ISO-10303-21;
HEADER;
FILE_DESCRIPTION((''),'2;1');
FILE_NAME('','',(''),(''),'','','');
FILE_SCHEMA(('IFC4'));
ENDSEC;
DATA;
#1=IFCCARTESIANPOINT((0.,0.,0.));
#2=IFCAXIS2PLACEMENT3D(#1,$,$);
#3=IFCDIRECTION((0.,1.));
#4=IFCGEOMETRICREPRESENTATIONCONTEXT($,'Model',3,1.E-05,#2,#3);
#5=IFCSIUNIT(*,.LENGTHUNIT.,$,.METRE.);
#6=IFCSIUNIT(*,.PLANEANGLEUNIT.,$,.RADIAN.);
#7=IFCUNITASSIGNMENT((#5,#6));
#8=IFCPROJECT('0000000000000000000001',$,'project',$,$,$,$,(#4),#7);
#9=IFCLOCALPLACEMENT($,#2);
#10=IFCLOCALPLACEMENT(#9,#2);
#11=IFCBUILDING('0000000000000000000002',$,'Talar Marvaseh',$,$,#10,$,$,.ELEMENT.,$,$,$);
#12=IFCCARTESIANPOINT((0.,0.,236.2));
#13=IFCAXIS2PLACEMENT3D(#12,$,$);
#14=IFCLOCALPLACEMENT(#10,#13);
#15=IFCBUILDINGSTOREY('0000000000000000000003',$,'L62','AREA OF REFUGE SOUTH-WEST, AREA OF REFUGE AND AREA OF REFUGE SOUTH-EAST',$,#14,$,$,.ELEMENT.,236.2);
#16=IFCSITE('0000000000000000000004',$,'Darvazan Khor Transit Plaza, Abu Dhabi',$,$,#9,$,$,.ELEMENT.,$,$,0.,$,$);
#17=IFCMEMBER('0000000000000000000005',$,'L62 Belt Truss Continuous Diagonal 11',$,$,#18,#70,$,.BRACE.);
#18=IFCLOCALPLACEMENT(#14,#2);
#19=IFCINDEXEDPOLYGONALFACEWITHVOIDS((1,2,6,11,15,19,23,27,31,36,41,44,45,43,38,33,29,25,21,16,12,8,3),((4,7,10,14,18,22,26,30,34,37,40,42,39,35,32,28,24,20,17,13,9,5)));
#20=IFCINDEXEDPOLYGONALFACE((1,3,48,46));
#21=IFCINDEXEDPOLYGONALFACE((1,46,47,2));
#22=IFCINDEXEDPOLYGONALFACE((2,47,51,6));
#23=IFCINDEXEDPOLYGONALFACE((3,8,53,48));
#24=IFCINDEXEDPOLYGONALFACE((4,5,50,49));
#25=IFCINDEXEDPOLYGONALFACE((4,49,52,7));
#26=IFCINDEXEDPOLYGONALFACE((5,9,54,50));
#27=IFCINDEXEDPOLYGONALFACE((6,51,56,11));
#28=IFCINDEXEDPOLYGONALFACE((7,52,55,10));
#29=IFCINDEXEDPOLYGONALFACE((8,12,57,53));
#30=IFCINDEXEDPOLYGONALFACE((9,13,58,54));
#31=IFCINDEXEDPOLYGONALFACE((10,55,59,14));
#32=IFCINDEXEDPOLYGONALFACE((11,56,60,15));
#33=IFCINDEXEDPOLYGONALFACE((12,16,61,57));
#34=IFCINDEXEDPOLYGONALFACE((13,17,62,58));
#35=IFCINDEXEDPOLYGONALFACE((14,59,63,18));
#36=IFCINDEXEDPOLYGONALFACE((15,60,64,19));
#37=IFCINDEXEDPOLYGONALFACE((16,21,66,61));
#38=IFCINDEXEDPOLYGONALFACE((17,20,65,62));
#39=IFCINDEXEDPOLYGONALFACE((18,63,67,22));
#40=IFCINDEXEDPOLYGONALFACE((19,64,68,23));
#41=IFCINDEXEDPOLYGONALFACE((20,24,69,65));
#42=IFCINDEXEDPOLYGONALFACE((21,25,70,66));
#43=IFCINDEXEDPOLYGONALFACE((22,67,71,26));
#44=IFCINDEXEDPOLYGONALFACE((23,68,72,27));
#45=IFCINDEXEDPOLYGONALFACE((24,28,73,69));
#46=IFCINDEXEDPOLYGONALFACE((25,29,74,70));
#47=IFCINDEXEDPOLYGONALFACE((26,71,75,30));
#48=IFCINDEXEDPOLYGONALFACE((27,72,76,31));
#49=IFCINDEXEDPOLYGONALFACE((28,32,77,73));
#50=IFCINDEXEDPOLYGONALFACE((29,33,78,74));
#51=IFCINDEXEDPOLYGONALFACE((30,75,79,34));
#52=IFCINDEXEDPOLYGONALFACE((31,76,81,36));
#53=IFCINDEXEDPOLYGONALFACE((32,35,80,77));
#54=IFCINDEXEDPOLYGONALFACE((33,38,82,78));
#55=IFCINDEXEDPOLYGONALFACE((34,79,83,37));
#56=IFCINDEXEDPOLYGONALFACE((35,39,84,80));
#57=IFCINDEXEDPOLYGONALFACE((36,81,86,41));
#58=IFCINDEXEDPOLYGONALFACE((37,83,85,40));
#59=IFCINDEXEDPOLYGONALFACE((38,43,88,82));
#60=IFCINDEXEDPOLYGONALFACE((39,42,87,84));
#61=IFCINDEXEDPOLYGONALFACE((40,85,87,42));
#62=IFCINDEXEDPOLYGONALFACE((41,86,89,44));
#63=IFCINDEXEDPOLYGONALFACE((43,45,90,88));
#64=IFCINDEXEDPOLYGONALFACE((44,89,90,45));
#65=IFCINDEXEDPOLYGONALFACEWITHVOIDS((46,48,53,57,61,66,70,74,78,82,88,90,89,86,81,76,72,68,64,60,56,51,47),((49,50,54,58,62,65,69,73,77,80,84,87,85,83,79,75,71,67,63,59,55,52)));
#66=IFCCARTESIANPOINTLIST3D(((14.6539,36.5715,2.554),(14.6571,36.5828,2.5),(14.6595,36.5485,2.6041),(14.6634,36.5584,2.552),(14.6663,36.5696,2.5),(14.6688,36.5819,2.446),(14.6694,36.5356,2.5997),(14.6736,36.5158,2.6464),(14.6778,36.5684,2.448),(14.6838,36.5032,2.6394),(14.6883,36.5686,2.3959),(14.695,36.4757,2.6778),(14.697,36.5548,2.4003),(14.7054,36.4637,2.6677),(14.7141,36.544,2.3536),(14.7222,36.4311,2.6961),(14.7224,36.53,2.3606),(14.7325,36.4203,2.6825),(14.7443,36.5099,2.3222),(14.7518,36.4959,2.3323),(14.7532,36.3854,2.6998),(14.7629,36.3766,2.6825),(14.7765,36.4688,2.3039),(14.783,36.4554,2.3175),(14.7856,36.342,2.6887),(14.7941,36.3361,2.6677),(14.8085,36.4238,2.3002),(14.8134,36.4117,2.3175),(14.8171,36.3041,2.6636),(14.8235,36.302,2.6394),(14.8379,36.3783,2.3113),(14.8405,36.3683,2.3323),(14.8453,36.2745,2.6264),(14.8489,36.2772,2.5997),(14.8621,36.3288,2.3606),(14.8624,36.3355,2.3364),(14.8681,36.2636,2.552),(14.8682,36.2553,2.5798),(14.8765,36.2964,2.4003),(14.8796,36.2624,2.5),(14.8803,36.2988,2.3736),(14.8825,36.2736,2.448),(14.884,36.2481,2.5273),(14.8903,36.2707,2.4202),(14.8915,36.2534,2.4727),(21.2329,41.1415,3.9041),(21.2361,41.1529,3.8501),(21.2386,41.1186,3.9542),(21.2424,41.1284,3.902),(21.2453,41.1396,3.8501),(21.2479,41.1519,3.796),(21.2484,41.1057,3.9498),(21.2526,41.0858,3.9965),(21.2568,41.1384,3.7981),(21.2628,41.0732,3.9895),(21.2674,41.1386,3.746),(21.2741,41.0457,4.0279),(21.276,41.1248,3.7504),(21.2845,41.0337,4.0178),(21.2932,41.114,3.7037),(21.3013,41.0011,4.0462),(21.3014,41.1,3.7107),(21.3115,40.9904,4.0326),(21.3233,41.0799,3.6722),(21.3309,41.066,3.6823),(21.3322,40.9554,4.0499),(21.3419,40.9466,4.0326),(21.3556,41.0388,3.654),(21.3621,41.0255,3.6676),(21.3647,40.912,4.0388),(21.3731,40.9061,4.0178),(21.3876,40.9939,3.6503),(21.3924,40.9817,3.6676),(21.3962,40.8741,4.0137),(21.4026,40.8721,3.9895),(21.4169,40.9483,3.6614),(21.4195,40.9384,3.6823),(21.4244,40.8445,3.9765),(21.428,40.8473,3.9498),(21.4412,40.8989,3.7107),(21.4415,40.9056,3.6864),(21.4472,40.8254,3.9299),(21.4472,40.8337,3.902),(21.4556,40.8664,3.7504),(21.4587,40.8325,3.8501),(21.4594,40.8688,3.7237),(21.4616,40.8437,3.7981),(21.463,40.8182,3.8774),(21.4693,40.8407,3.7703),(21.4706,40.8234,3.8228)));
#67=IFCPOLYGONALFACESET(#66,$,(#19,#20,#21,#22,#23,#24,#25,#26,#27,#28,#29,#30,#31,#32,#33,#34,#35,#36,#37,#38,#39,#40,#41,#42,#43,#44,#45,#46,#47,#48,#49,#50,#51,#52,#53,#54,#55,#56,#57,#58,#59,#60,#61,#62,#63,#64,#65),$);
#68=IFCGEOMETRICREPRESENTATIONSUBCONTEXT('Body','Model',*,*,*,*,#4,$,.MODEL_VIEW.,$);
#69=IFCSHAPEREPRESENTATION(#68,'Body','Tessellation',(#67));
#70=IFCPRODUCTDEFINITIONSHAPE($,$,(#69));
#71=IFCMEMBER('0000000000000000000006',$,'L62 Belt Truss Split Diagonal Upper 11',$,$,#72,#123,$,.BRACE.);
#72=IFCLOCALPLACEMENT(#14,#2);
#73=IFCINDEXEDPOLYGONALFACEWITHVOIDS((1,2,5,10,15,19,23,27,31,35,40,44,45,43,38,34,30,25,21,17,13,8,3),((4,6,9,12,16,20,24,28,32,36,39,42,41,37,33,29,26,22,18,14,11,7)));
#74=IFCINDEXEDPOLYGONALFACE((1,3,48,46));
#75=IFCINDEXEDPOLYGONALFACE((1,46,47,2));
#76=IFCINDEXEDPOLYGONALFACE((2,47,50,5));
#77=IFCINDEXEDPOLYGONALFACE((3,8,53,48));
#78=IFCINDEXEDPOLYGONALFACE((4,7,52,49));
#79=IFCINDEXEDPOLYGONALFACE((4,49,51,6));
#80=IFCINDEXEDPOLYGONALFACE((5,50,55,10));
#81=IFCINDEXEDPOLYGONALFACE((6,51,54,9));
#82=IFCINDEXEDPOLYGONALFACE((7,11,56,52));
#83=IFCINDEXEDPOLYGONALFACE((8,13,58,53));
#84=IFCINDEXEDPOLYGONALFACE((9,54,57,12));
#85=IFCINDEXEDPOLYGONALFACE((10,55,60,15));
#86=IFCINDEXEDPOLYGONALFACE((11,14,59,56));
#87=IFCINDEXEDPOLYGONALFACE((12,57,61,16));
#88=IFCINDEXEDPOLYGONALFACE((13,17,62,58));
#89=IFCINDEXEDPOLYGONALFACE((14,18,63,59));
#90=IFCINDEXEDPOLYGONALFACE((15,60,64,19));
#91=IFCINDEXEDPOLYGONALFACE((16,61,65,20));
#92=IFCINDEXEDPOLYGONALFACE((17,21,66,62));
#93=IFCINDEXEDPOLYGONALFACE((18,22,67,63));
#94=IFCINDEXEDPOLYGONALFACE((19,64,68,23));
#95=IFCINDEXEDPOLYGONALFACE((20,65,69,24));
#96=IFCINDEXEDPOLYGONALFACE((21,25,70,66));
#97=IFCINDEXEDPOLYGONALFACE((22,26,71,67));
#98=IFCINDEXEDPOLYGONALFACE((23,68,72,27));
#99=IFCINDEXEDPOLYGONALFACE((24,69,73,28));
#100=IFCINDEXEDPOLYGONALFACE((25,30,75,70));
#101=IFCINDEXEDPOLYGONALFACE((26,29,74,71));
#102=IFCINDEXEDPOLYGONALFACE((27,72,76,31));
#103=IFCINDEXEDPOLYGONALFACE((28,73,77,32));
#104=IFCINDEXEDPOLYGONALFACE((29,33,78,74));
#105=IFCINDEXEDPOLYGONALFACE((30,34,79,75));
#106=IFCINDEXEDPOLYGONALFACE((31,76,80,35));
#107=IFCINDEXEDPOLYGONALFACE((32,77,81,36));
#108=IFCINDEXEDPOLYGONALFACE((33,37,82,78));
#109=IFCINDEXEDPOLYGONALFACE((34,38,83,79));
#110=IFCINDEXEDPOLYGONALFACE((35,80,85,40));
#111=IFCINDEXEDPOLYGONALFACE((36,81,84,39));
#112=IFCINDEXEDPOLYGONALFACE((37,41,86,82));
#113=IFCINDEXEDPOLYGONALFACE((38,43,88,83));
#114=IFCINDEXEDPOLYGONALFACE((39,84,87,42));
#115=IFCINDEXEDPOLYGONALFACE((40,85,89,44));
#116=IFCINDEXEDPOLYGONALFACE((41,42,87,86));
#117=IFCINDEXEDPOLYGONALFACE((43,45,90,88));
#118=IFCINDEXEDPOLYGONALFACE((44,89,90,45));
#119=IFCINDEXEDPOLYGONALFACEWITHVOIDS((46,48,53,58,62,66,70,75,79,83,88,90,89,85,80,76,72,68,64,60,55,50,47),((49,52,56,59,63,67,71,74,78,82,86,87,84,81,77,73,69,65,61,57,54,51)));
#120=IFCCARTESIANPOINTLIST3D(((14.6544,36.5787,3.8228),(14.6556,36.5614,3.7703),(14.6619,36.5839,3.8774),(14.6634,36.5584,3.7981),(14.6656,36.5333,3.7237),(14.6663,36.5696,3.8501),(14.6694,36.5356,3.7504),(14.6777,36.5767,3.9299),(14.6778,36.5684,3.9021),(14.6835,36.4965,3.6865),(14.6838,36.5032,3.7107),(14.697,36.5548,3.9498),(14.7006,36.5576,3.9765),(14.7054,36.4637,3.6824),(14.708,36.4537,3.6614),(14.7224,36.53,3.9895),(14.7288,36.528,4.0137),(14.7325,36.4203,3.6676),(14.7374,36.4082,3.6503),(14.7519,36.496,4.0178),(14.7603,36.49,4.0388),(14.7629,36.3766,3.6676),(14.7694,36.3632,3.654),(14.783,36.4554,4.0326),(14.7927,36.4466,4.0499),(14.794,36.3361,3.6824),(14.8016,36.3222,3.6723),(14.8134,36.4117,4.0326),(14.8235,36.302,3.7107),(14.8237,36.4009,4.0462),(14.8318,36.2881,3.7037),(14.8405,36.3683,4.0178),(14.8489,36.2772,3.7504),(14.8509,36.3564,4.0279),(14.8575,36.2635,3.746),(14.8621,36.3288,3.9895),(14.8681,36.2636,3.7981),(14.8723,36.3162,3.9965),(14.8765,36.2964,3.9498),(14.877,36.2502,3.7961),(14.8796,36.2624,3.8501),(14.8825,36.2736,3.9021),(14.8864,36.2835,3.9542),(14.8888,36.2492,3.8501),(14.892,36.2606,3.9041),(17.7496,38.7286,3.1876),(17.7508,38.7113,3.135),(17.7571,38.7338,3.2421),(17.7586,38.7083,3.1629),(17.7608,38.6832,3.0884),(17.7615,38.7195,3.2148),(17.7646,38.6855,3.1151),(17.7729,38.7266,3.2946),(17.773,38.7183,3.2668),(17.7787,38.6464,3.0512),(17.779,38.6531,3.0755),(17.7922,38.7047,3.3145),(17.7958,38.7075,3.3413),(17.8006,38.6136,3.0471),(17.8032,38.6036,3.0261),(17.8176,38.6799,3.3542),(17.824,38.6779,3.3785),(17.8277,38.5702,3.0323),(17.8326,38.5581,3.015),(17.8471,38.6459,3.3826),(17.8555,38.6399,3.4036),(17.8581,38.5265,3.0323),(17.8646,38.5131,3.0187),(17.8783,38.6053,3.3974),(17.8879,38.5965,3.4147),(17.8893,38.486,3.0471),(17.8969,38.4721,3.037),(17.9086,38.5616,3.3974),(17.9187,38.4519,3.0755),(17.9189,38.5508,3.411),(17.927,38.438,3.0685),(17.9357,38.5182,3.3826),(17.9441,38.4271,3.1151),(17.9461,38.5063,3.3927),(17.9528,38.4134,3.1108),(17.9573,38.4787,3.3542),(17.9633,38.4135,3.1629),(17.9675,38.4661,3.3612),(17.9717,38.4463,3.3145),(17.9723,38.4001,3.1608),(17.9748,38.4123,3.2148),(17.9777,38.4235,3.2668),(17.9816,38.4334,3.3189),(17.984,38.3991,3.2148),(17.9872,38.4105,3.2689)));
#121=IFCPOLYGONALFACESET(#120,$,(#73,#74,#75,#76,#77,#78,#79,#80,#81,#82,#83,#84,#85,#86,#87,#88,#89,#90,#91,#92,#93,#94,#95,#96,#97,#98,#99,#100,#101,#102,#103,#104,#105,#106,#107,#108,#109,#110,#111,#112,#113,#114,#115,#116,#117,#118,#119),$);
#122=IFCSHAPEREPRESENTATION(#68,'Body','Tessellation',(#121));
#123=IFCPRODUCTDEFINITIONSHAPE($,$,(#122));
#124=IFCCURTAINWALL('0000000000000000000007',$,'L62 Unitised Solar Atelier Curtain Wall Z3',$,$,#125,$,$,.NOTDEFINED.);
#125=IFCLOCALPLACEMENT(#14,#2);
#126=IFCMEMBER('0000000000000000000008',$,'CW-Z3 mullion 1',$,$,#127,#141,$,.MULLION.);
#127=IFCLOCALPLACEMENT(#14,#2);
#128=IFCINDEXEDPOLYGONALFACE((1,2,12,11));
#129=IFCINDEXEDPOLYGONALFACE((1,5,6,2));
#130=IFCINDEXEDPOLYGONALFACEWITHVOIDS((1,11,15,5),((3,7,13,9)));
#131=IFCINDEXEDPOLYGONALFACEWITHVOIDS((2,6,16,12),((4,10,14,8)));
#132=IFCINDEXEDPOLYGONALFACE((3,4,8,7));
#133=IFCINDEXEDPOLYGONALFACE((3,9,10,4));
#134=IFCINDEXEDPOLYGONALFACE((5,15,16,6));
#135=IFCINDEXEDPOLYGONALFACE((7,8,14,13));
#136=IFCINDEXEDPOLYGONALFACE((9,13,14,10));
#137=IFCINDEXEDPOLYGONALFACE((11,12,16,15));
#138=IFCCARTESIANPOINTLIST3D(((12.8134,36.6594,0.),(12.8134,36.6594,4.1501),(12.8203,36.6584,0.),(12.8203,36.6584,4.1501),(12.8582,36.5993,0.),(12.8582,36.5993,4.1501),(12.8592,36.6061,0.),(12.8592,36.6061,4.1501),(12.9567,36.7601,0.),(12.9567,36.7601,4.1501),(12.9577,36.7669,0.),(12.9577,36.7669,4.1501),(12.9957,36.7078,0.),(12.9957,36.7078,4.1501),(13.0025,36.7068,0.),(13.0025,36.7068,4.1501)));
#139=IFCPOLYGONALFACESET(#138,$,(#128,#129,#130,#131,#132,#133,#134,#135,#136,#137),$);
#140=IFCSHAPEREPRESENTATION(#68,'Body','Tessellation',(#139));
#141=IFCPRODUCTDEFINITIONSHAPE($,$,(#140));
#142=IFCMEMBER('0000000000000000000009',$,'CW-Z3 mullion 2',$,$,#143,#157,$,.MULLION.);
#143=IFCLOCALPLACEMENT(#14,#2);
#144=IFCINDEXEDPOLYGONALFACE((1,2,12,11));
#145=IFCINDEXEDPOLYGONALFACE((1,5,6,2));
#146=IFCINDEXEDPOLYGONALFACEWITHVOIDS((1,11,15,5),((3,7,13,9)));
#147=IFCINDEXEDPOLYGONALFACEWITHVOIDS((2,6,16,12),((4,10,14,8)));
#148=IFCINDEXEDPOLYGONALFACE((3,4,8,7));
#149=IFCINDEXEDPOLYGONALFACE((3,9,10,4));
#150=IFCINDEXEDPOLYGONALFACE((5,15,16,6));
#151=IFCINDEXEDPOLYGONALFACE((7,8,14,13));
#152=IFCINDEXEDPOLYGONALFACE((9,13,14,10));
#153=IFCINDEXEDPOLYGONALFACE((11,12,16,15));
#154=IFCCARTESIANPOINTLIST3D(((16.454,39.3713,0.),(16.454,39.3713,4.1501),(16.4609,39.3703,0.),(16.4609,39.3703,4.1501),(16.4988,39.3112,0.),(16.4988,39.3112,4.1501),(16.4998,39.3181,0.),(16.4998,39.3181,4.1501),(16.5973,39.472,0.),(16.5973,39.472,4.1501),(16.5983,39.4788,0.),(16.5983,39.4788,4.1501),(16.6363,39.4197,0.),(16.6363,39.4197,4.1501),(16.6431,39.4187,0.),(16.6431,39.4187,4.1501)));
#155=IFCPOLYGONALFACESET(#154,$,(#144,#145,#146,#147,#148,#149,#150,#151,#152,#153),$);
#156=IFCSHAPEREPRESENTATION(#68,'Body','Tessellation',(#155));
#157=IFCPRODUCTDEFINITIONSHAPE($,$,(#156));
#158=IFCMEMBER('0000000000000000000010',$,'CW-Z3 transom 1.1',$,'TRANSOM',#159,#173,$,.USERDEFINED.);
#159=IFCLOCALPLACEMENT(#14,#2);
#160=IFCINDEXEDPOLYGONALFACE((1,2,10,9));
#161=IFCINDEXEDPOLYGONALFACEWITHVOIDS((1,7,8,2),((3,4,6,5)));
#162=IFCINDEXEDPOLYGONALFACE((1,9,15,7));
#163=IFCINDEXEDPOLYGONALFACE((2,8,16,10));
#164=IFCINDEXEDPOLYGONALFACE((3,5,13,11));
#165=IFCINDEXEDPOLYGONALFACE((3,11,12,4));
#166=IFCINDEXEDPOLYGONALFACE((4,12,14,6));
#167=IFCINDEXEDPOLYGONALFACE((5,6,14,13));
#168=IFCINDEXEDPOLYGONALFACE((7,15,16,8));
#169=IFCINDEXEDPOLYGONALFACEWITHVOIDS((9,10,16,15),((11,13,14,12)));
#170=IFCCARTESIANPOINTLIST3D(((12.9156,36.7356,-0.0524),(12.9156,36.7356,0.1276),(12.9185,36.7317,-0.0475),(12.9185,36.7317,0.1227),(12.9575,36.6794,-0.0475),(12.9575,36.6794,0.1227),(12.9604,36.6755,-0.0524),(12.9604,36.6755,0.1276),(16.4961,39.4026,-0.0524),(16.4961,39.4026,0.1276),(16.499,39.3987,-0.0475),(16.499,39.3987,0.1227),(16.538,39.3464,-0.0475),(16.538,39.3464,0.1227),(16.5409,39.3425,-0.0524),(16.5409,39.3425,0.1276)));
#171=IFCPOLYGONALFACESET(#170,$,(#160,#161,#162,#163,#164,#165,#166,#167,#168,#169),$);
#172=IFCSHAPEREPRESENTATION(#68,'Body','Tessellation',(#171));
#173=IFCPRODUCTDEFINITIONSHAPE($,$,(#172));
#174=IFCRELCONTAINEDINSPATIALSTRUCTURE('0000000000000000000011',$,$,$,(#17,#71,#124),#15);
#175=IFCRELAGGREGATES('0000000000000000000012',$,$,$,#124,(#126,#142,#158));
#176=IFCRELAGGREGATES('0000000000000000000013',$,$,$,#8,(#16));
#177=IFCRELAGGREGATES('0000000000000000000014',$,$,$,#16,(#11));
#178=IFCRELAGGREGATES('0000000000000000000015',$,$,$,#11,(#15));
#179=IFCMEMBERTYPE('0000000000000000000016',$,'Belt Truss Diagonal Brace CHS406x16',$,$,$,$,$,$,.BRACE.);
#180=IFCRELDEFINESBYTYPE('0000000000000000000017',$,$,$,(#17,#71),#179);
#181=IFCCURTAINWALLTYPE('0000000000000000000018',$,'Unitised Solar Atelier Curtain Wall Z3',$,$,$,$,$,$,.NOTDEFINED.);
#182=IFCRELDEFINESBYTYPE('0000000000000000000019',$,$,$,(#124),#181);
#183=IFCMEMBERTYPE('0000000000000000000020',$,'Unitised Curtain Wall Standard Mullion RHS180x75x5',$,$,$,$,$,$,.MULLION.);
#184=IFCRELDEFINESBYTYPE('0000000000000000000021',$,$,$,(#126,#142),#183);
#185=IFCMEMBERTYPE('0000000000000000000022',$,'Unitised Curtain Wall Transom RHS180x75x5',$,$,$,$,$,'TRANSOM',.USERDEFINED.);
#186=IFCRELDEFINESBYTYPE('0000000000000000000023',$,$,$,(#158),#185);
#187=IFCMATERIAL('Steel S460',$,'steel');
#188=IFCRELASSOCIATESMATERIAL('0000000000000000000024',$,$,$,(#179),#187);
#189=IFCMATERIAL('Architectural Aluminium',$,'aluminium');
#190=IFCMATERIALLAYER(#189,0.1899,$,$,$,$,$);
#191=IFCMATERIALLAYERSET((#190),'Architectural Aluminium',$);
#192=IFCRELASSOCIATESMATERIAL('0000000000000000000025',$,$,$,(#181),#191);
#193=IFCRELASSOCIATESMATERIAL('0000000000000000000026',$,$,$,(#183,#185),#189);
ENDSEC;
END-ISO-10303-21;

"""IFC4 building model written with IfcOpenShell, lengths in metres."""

from ifc_helpers import new_model, si_unit, direction, frame, origin, origin_2d, place, context, subcontext, project, spatial, hollow_rectangle, hollow_circle, extrude, source, transform, mapped, material, layer, layer_set, material_profile, profile_set, type_object, type_shapes, element, aggregate, save


model = new_model("IFC4")

# Units and contexts
model_context = context("Model", 3, precision=1e-05, world=origin(), true_north=direction((0.0, 1.0)))
body_context = subcontext(model_context, "Body", "Model", "MODEL_VIEW")
ifc_project = project(units=[si_unit("LENGTHUNIT", "METRE"), si_unit("PLANEANGLEUNIT", "RADIAN")], contexts=[model_context])

# Site, building, storey
site_placement = place(None, origin())
site = spatial("IfcSite", under=ifc_project, at=site_placement, Name="Darvazan Khor Transit Plaza, Abu Dhabi", CompositionType="ELEMENT", RefElevation=0.0)
building_placement = place(site_placement, origin())
building = spatial("IfcBuilding", under=site, at=building_placement, Name="Talar Marvaseh", CompositionType="ELEMENT")
storey_placement = place(building_placement, frame((0.0, 0.0, 236.2)))
storey = spatial("IfcBuildingStorey", under=building, at=storey_placement, Name="L62", Description="AREA OF REFUGE SOUTH-WEST, AREA OF REFUGE AND AREA OF REFUGE SOUTH-EAST", CompositionType="ELEMENT", Elevation=236.2)

# Members
ifc_material_1 = material(Name="Steel S460", Category="steel")
ifc_material_profile_1 = material_profile(ifc_material_1, hollow_circle(Radius=0.2031, WallThickness=0.0161, at=origin_2d()), Name="CHS406x16")
ifc_profile_set_1 = profile_set([ifc_material_profile_1], Name="Steel S460")
member_type_1 = type_object("IfcMemberType", Name="Belt Truss Diagonal Brace CHS406x16", PredefinedType="BRACE", material=ifc_profile_set_1)
shared_shape_1 = source(origin(), body_context, "Body", "SweptSolid", [
    extrude(hollow_circle(Radius=0.2031, WallThickness=0.0161, at=origin_2d()), origin(), (0.0, 0.0, 1.0), 8.1235),
])
member_1_placement = place(storey_placement, frame((14.7729, 36.416, 2.5), z_axis=(0.809875, 0.562567, 0.166195), x_axis=(-0.570501, 0.821297, 0.0)))
element("IfcMember", 1, at=member_1_placement, inside=storey, type_object=member_type_1, Name="L62 Belt Truss Continuous Diagonal 11", PredefinedType="BRACE", context=body_context, shape_type="MappedRepresentation", body=[
    mapped(shared_shape_1, transform((0.0, 0.0, 0.0), x_axis=(1.0, 0.0, 0.0), y_axis=(0.0, 1.0, 0.0), z_axis=(0.0, 0.0, 1.0), scale=1.0)),
])
shared_shape_2 = source(origin(), body_context, "Body", "SweptSolid", [
    extrude(hollow_circle(Radius=0.2031, WallThickness=0.0161, at=origin_2d()), origin(), (0.0, 0.0, 1.0), 3.8218),
])
member_2_placement = place(storey_placement, frame((17.8682, 38.5659, 3.2148), z_axis=(-0.809889, -0.56254, 0.166219), x_axis=(0.570476, -0.821314, 0.0)))
element("IfcMember", 2, at=member_2_placement, inside=storey, type_object=member_type_1, Name="L62 Belt Truss Split Diagonal Upper 11", PredefinedType="BRACE", context=body_context, shape_type="MappedRepresentation", body=[
    mapped(shared_shape_2, transform((0.0, 0.0, 0.0), x_axis=(1.0, 0.0, 0.0), y_axis=(0.0, 1.0, 0.0), z_axis=(0.0, 0.0, 1.0), scale=1.0)),
])

# Curtain wall, members
ifc_material_2 = material(Name="Architectural Aluminium", Category="aluminium")
ifc_layer_1 = layer(ifc_material_2, 0.1899)
ifc_layer_set_1 = layer_set([ifc_layer_1], Name="Architectural Aluminium")
curtain_wall_type = type_object("IfcCurtainWallType", Name="Unitised Solar Atelier Curtain Wall Z3", PredefinedType="NOTDEFINED", material=ifc_layer_set_1)
curtain_wall_placement = place(storey_placement, origin())
curtain_wall = element("IfcCurtainWall", 3, at=curtain_wall_placement, inside=storey, type_object=curtain_wall_type, Name="L62 Unitised Solar Atelier Curtain Wall Z3", PredefinedType="NOTDEFINED")
ifc_material_profile_2 = material_profile(ifc_material_2, hollow_rectangle(XDim=0.075, YDim=0.1799, WallThickness=0.0049, at=origin_2d()), Name="RHS180x75x5")
ifc_profile_set_2 = profile_set([ifc_material_profile_2], Name="Architectural Aluminium")
member_type_2 = type_object("IfcMemberType", Name="Unitised Curtain Wall Standard Mullion RHS180x75x5", PredefinedType="MULLION", material=ifc_profile_set_2)
shared_shape_3 = source(origin(), body_context, "Body", "SweptSolid", [
    extrude(hollow_rectangle(XDim=0.075, YDim=0.1799, WallThickness=0.0049, at=origin_2d()), origin(), (0.0, 0.0, 1.0), 4.1501),
])
type_shapes(member_type_2, [shared_shape_3])
member_3_placement = place(storey_placement, frame((12.908, 36.6831, 0.0), z_axis=(0.0, 0.0, 1.0), x_axis=(-0.597376, 0.801961, 0.0)))
member_3 = element("IfcMember", 4, at=member_3_placement, type_object=member_type_2, Name="CW-Z3 mullion 1", PredefinedType="MULLION", context=body_context, shape_type="MappedRepresentation", body=[
    mapped(shared_shape_3, transform((0.0, 0.0, 0.0), x_axis=(1.0, 0.0, 0.0), y_axis=(0.0, 1.0, 0.0), z_axis=(0.0, 0.0, 1.0), scale=1.0)),
])
member_4_placement = place(storey_placement, frame((16.5486, 39.395, 0.0), z_axis=(0.0, 0.0, 1.0), x_axis=(-0.597376, 0.801961, 0.0)))
member_4 = element("IfcMember", 5, at=member_4_placement, type_object=member_type_2, Name="CW-Z3 mullion 2", PredefinedType="MULLION", context=body_context, shape_type="MappedRepresentation", body=[
    mapped(shared_shape_3, transform((0.0, 0.0, 0.0), x_axis=(1.0, 0.0, 0.0), y_axis=(0.0, 1.0, 0.0), z_axis=(0.0, 0.0, 1.0), scale=1.0)),
])
ifc_material_profile_3 = material_profile(ifc_material_2, hollow_rectangle(XDim=0.075, YDim=0.1799, WallThickness=0.0049, at=origin_2d()), Name="RHS180x75x5")
ifc_profile_set_3 = profile_set([ifc_material_profile_3], Name="Architectural Aluminium")
member_type_3 = type_object("IfcMemberType", Name="Unitised Curtain Wall Transom RHS180x75x5", ElementType="TRANSOM", PredefinedType="USERDEFINED", material=ifc_profile_set_3)
shared_shape_4 = source(origin(), body_context, "Body", "SweptSolid", [
    extrude(hollow_rectangle(XDim=0.075, YDim=0.1799, WallThickness=0.0049, at=origin_2d()), origin(), (0.0, 0.0, 1.0), 4.4646),
])
member_5_placement = place(storey_placement, frame((12.938, 36.7056, 0.0376), z_axis=(0.801977, 0.597354, 0.0), x_axis=(-0.597354, 0.801977, 0.0)))
member_5 = element("IfcMember", 6, at=member_5_placement, type_object=member_type_3, Name="CW-Z3 transom 1.1", ObjectType="TRANSOM", PredefinedType="USERDEFINED", context=body_context, shape_type="MappedRepresentation", body=[
    mapped(shared_shape_4, transform((0.0, 0.0, 0.0), x_axis=(1.0, 0.0, 0.0), y_axis=(0.0, 1.0, 0.0), z_axis=(0.0, 0.0, 1.0), scale=1.0)),
])

aggregate(curtain_wall, [member_3, member_4, member_5])

save(model, "model.ifc")
